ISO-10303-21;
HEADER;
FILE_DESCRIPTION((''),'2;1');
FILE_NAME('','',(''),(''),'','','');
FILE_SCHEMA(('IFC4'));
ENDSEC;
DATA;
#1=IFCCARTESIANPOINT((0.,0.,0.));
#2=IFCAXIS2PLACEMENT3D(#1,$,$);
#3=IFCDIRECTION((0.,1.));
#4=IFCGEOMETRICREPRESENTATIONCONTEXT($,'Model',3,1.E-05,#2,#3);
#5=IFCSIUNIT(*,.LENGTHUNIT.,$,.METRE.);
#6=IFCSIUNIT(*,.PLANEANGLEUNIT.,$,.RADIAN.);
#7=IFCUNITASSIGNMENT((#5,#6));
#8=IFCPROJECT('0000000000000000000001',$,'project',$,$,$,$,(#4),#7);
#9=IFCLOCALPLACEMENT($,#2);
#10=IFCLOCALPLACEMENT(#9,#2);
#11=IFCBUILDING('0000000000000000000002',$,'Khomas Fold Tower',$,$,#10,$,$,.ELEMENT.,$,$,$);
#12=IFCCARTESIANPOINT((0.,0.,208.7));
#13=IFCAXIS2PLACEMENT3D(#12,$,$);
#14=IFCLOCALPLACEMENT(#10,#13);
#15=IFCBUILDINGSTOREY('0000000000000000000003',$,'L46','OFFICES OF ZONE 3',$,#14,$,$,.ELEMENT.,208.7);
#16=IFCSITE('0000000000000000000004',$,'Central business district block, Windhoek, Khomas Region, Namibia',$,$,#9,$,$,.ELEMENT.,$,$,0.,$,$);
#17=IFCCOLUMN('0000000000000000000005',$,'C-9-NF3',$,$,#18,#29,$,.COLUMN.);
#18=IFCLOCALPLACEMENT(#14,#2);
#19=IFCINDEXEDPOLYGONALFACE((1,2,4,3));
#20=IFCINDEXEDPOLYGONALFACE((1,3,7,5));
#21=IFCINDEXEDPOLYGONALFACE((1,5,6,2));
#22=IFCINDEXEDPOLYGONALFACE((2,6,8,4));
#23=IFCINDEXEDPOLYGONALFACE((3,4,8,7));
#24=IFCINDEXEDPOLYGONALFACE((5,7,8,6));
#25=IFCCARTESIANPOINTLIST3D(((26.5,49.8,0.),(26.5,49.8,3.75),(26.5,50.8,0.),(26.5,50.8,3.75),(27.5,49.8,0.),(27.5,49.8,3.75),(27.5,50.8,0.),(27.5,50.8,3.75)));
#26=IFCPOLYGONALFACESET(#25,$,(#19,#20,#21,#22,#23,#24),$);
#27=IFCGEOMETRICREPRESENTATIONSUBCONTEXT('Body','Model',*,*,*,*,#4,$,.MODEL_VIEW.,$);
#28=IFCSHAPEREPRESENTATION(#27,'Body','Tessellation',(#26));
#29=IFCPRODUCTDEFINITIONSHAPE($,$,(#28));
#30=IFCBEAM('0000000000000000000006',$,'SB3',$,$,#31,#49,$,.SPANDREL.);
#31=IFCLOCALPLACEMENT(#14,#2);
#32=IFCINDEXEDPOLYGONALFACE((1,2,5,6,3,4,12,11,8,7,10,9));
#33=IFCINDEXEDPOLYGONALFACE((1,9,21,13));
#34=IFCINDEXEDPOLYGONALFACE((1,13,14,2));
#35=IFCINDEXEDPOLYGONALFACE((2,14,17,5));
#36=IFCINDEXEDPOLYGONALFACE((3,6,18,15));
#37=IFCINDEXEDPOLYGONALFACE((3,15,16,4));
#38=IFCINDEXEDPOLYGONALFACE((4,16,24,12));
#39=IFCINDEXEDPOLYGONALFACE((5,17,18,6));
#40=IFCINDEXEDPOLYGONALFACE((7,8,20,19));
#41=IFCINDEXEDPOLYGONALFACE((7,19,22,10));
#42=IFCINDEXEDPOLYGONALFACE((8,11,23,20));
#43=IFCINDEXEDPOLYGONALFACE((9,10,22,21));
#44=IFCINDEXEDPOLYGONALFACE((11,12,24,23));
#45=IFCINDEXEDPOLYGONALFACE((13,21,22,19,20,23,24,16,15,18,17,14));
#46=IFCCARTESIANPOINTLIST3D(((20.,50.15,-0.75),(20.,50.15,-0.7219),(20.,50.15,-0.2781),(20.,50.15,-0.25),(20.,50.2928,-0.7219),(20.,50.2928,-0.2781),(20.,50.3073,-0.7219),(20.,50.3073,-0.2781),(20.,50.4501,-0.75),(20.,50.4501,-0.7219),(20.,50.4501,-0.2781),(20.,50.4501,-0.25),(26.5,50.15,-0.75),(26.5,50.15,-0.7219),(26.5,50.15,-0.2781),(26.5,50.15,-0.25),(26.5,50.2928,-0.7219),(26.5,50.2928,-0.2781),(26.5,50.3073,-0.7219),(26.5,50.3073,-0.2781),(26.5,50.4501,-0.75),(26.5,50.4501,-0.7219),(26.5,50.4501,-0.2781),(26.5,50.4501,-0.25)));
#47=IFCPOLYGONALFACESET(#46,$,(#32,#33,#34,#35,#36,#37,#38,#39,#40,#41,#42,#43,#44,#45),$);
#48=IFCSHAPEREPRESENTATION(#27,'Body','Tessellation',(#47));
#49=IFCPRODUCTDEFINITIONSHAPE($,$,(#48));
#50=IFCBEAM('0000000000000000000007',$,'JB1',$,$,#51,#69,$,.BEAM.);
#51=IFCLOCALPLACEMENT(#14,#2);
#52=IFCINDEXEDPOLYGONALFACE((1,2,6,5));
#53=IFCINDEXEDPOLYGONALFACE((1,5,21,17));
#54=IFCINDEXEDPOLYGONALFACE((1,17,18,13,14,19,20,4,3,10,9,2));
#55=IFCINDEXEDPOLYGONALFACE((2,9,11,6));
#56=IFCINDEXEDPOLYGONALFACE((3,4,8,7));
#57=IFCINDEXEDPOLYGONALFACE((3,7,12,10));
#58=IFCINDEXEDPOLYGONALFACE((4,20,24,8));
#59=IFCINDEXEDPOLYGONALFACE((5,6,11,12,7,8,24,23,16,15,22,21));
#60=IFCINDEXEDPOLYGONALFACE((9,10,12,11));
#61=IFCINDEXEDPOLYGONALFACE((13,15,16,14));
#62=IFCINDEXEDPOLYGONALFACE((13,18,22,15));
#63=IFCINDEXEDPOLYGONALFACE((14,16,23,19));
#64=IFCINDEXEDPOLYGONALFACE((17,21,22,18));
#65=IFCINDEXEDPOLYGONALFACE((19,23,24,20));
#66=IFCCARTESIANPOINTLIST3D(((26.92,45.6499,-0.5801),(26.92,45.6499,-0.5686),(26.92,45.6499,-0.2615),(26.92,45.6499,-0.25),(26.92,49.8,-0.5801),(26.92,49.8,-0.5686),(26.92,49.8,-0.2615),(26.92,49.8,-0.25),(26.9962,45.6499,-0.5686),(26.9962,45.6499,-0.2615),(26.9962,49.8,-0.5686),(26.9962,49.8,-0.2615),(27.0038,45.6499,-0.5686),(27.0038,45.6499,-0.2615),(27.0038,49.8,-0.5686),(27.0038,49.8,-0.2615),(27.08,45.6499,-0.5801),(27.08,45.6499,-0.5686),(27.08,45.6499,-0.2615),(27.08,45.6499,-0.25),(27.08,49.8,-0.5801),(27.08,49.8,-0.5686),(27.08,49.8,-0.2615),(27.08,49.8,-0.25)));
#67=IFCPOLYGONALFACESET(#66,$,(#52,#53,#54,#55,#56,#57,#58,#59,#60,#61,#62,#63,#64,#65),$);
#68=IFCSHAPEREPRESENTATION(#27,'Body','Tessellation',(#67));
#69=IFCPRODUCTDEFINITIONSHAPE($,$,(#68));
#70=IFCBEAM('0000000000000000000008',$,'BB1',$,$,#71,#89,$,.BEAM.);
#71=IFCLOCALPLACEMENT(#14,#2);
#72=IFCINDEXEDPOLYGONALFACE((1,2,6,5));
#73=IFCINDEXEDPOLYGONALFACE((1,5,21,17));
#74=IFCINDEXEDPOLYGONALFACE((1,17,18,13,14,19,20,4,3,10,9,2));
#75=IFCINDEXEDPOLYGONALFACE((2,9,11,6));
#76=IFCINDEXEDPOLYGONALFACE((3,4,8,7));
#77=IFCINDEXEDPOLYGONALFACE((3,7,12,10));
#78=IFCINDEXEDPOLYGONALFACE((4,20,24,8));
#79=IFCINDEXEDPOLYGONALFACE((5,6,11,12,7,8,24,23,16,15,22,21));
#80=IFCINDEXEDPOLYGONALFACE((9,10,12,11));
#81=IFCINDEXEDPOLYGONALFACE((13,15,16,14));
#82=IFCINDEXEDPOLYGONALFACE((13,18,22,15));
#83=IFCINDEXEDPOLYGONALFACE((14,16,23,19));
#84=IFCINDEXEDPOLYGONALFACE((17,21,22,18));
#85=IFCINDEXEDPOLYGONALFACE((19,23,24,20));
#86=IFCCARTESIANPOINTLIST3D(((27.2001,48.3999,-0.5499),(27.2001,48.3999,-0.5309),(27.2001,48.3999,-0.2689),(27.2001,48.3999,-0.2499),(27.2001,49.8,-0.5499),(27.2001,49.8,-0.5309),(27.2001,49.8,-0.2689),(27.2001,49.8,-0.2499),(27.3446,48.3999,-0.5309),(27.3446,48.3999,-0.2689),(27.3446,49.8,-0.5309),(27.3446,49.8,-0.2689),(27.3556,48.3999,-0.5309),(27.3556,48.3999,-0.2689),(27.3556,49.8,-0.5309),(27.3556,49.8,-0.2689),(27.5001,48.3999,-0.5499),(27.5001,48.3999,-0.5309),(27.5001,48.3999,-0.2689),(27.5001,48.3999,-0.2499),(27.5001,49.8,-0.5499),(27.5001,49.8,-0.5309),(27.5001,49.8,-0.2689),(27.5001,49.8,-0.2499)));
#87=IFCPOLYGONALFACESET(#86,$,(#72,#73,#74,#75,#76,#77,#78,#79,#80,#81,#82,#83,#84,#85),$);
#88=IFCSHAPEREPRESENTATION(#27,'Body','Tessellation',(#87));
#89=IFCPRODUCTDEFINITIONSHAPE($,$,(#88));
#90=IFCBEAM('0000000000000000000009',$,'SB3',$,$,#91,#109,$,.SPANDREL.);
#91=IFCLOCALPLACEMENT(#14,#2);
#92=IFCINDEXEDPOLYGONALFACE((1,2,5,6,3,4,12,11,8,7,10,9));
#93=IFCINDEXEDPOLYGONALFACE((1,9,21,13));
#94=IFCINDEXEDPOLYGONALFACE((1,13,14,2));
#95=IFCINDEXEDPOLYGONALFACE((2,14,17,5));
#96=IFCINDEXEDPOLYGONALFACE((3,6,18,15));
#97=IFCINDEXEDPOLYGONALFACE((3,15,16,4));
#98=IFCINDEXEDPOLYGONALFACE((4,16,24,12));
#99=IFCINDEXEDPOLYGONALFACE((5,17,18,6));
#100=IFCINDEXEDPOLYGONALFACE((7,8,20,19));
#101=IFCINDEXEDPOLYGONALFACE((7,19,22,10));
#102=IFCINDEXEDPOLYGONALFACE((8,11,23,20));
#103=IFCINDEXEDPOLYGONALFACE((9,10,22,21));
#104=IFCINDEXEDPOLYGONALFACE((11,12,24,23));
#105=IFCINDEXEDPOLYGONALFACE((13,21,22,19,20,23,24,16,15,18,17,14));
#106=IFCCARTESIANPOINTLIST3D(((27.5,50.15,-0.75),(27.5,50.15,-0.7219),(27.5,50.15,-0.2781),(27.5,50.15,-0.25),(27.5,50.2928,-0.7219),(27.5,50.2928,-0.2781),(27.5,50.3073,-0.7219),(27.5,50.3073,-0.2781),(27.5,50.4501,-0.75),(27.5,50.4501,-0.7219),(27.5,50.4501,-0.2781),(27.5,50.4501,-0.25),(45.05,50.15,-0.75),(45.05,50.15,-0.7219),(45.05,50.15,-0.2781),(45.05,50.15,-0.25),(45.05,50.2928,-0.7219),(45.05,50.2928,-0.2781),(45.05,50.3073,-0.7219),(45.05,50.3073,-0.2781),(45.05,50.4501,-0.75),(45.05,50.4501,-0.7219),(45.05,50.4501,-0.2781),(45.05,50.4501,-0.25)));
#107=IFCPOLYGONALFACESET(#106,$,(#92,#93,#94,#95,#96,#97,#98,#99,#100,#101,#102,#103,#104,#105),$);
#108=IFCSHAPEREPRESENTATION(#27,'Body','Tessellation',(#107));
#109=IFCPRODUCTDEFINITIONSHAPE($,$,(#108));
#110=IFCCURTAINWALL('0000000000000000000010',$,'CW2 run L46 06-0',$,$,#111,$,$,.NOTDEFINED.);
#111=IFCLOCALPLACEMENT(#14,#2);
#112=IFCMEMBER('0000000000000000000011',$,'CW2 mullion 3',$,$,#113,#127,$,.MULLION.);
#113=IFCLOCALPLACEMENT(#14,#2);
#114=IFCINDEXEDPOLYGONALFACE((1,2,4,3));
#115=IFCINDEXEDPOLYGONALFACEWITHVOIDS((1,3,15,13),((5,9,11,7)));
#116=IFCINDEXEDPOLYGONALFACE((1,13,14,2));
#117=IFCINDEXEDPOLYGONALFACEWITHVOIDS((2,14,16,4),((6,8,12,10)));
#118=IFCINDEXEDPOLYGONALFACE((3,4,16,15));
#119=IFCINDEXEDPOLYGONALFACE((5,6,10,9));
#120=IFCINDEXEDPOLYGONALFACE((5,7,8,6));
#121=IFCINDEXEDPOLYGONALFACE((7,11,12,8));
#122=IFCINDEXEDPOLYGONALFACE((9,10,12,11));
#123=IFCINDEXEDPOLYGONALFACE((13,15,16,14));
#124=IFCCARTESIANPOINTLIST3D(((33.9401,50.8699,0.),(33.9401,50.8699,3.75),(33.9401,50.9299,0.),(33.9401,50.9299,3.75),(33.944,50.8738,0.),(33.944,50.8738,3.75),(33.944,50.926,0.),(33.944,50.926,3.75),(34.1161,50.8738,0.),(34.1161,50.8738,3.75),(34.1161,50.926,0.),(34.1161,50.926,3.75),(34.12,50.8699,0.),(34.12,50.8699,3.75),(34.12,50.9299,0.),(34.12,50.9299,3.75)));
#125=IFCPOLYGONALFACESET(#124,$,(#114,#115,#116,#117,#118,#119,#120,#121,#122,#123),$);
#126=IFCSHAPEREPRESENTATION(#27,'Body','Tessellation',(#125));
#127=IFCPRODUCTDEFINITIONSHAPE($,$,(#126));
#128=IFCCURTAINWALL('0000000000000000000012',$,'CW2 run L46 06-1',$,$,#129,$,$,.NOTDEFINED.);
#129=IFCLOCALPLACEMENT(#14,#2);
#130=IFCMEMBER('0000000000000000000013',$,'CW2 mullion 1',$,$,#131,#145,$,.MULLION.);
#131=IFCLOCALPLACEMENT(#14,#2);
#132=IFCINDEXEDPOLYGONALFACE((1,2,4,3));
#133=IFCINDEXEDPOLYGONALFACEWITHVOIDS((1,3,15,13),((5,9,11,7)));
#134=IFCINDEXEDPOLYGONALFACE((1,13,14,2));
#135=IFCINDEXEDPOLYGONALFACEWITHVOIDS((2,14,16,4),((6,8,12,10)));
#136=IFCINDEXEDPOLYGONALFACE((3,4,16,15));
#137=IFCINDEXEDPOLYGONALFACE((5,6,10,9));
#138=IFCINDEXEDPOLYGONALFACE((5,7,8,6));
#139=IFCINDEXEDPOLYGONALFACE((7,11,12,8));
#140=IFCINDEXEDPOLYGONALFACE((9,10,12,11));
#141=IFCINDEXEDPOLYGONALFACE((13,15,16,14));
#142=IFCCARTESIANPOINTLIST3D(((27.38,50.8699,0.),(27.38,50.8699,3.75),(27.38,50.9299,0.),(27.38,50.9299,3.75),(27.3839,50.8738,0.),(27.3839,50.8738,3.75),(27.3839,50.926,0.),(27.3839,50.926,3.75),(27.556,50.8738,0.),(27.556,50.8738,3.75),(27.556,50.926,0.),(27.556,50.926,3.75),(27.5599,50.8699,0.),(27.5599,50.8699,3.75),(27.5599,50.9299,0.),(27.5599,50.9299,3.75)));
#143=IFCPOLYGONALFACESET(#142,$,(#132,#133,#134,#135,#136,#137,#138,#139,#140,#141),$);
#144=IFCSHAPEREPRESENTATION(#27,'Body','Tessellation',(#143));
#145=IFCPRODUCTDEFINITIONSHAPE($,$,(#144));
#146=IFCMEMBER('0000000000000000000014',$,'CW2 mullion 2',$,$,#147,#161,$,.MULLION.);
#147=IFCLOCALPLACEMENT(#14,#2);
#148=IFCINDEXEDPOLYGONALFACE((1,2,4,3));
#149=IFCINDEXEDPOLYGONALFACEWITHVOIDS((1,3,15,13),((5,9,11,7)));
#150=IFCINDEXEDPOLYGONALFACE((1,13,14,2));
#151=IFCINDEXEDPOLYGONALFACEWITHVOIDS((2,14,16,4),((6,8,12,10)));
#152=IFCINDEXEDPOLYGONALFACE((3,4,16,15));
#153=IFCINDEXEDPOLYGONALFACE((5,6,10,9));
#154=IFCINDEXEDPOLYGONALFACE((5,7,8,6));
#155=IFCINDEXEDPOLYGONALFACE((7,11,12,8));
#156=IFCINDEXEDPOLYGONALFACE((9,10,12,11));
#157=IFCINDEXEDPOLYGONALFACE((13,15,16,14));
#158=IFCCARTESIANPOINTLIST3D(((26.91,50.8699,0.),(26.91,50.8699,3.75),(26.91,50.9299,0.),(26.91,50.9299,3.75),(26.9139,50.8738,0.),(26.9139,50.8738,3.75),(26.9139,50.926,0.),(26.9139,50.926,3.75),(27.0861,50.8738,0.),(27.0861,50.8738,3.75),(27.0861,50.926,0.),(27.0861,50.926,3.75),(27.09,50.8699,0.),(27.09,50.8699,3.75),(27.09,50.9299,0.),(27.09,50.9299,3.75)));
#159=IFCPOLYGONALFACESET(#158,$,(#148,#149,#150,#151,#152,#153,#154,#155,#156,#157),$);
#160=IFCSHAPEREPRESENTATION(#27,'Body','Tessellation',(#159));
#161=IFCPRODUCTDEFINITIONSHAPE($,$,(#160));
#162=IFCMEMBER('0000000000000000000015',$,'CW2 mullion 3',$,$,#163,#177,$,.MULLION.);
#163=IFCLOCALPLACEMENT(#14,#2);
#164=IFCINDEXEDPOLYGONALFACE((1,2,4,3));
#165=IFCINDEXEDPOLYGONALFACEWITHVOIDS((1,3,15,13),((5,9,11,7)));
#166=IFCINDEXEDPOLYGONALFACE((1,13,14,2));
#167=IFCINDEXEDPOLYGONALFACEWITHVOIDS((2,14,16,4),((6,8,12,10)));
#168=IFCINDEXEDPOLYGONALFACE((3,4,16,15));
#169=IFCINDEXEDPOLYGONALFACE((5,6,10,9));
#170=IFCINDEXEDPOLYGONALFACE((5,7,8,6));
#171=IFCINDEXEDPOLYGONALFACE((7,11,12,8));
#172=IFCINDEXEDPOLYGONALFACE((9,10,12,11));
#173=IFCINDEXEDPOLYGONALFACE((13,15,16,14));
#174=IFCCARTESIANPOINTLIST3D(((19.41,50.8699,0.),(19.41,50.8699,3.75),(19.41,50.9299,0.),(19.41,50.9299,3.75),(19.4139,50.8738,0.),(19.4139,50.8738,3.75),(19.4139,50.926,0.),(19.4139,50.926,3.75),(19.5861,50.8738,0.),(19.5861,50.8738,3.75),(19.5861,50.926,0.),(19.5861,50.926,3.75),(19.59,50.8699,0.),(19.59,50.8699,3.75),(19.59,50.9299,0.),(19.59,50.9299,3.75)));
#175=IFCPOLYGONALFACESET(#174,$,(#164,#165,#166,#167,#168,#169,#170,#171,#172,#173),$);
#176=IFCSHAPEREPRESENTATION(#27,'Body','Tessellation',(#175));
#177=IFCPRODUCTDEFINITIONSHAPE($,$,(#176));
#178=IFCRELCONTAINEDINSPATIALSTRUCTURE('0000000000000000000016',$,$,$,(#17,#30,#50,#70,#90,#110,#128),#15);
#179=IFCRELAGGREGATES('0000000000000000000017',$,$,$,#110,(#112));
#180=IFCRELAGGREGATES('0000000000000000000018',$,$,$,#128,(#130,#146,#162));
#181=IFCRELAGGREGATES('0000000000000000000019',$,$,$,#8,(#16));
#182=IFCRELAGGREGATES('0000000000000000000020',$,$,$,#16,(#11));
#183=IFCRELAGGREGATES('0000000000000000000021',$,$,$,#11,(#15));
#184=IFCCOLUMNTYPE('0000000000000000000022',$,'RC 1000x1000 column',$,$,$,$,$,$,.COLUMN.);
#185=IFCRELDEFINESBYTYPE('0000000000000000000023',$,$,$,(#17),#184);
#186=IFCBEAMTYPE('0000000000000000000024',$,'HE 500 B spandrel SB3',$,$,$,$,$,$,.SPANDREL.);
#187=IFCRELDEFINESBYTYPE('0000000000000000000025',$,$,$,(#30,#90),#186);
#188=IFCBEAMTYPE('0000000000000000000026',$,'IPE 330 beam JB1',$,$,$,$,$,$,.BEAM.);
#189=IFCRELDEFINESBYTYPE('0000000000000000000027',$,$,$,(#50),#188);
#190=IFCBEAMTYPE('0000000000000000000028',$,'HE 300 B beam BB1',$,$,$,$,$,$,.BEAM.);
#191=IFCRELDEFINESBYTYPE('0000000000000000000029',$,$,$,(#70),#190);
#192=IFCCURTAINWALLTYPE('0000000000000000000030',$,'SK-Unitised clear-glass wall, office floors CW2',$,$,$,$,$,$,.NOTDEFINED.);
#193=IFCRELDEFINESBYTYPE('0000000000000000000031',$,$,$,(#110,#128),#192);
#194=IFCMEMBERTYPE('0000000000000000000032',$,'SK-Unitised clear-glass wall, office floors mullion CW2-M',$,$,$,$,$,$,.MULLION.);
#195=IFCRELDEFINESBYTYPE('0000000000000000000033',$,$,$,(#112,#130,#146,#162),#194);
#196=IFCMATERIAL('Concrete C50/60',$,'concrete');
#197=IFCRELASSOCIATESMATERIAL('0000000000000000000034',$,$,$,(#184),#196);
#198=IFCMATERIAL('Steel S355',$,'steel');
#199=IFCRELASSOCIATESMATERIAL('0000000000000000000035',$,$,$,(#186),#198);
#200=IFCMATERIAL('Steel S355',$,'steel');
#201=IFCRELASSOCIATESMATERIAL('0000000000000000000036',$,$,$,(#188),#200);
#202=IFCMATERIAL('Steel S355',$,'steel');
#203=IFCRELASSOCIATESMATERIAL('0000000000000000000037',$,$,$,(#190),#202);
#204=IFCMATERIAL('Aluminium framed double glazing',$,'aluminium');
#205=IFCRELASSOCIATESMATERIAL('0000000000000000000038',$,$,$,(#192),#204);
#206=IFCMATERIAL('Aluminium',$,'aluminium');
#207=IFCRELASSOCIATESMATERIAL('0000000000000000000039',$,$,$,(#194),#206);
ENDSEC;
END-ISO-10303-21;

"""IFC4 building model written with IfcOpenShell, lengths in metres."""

from ifc_helpers import new_model, si_unit, direction, frame, origin, origin_2d, place, context, subcontext, project, spatial, rectangle, hollow_rectangle, i_section, extrude, source, transform, mapped, material, material_profile, profile_set, type_object, element, aggregate, save


model = new_model("IFC4")

# Units and contexts
model_context = context("Model", 3, precision=1e-05, world=origin(), true_north=direction((0.0, 1.0)))
body_context = subcontext(model_context, "Body", "Model", "MODEL_VIEW")
ifc_project = project(units=[si_unit("LENGTHUNIT", "METRE"), si_unit("PLANEANGLEUNIT", "RADIAN")], contexts=[model_context])

# Site, building, storey
site_placement = place(None, origin())
site = spatial("IfcSite", under=ifc_project, at=site_placement, Name="Central business district block, Windhoek, Khomas Region, Namibia", CompositionType="ELEMENT", RefElevation=0.0)
building_placement = place(site_placement, origin())
building = spatial("IfcBuilding", under=site, at=building_placement, Name="Khomas Fold Tower", CompositionType="ELEMENT")
storey_placement = place(building_placement, frame((0.0, 0.0, 208.7)))
storey = spatial("IfcBuildingStorey", under=building, at=storey_placement, Name="L46", Description="OFFICES OF ZONE 3", CompositionType="ELEMENT", Elevation=208.7)

# Column
ifc_material_1 = material(Name="Concrete C50/60", Category="concrete")
ifc_material_profile_1 = material_profile(ifc_material_1, rectangle(XDim=1.0, YDim=1.0, at=origin_2d()), Name="RC 1000x1000")
ifc_profile_set_1 = profile_set([ifc_material_profile_1], Name="Concrete C50/60")
column_type = type_object("IfcColumnType", Name="RC 1000x1000 column", PredefinedType="COLUMN", material=ifc_profile_set_1)
shared_shape_1 = source(origin(), body_context, "Body", "SweptSolid", [
    extrude(rectangle(XDim=1.0, YDim=1.0, at=origin_2d()), origin(), (0.0, 0.0, 1.0), 3.75),
])
column_placement = place(storey_placement, frame((27.0, 50.3, 0.0), z_axis=(0.0, 0.0, 1.0), x_axis=(1.0, 0.0, 0.0)))
element("IfcColumn", 1, at=column_placement, inside=storey, type_object=column_type, Name="C-9-NF3", PredefinedType="COLUMN", context=body_context, shape_type="MappedRepresentation", body=[
    mapped(shared_shape_1, transform((0.0, 0.0, 0.0))),
])

# Beams
ifc_material_2 = material(Name="Steel S355", Category="steel")
ifc_material_profile_2 = material_profile(ifc_material_2, i_section(OverallWidth=0.3, OverallDepth=0.5, WebThickness=0.0144, FlangeThickness=0.0281, at=origin_2d()), Name="HE 500 B")
ifc_profile_set_2 = profile_set([ifc_material_profile_2], Name="Steel S355")
beam_type_1 = type_object("IfcBeamType", Name="HE 500 B spandrel SB3", PredefinedType="SPANDREL", material=ifc_profile_set_2)
shared_shape_2 = source(origin(), body_context, "Body", "SweptSolid", [
    extrude(i_section(OverallWidth=0.3, OverallDepth=0.5, WebThickness=0.0144, FlangeThickness=0.0281, at=origin_2d()), origin(), (0.0, 0.0, 1.0), 6.5),
])
beam_1_placement = place(storey_placement, frame((20.0, 50.3, -0.5), z_axis=(1.0, 0.0, 0.0), x_axis=(0.0, 1.0, 0.0)))
element("IfcBeam", 2, at=beam_1_placement, inside=storey, type_object=beam_type_1, Name="SB3", PredefinedType="SPANDREL", context=body_context, shape_type="MappedRepresentation", body=[
    mapped(shared_shape_2, transform((0.0, 0.0, 0.0))),
])
ifc_material_3 = material(Name="Steel S355", Category="steel")
ifc_material_profile_3 = material_profile(ifc_material_3, i_section(OverallWidth=0.1599, OverallDepth=0.3301, WebThickness=0.0076, FlangeThickness=0.0115, at=origin_2d()), Name="IPE 330")
ifc_profile_set_3 = profile_set([ifc_material_profile_3], Name="Steel S355")
beam_type_2 = type_object("IfcBeamType", Name="IPE 330 beam JB1", PredefinedType="BEAM", material=ifc_profile_set_3)
shared_shape_3 = source(origin(), body_context, "Body", "SweptSolid", [
    extrude(i_section(OverallWidth=0.1599, OverallDepth=0.3301, WebThickness=0.0076, FlangeThickness=0.0115, at=origin_2d()), origin(), (0.0, 0.0, 1.0), 4.1501),
])
beam_2_placement = place(storey_placement, frame((27.0, 45.6499, -0.415), z_axis=(0.0, 1.0, 0.0), x_axis=(-1.0, 0.0, 0.0)))
element("IfcBeam", 3, at=beam_2_placement, inside=storey, type_object=beam_type_2, Name="JB1", PredefinedType="BEAM", context=body_context, shape_type="MappedRepresentation", body=[
    mapped(shared_shape_3, transform((0.0, 0.0, 0.0))),
])
ifc_material_4 = material(Name="Steel S355", Category="steel")
ifc_material_profile_4 = material_profile(ifc_material_4, i_section(OverallWidth=0.3, OverallDepth=0.3, WebThickness=0.011, FlangeThickness=0.019, at=origin_2d()), Name="HE 300 B")
ifc_profile_set_4 = profile_set([ifc_material_profile_4], Name="Steel S355")
beam_type_3 = type_object("IfcBeamType", Name="HE 300 B beam BB1", PredefinedType="BEAM", material=ifc_profile_set_4)
shared_shape_4 = source(origin(), body_context, "Body", "SweptSolid", [
    extrude(i_section(OverallWidth=0.3, OverallDepth=0.3, WebThickness=0.011, FlangeThickness=0.019, at=origin_2d()), origin(), (0.0, 0.0, 1.0), 1.4001),
])
beam_3_placement = place(storey_placement, frame((27.3501, 48.3999, -0.3999), z_axis=(0.0, 1.0, 0.0), x_axis=(-1.0, 0.0, 0.0)))
element("IfcBeam", 4, at=beam_3_placement, inside=storey, type_object=beam_type_3, Name="BB1", PredefinedType="BEAM", context=body_context, shape_type="MappedRepresentation", body=[
    mapped(shared_shape_4, transform((0.0, 0.0, 0.0))),
])
shared_shape_5 = source(origin(), body_context, "Body", "SweptSolid", [
    extrude(i_section(OverallWidth=0.3, OverallDepth=0.5, WebThickness=0.0144, FlangeThickness=0.0281, at=origin_2d()), origin(), (0.0, 0.0, 1.0), 17.55),
])
beam_4_placement = place(storey_placement, frame((27.5, 50.3, -0.5), z_axis=(1.0, 0.0, 0.0), x_axis=(0.0, 1.0, 0.0)))
element("IfcBeam", 5, at=beam_4_placement, inside=storey, type_object=beam_type_1, Name="SB3", PredefinedType="SPANDREL", context=body_context, shape_type="MappedRepresentation", body=[
    mapped(shared_shape_5, transform((0.0, 0.0, 0.0))),
])

# Curtain wall, member
ifc_material_5 = material(Name="Aluminium framed double glazing", Category="aluminium")
curtain_wall_type = type_object("IfcCurtainWallType", Name="SK-Unitised clear-glass wall, office floors CW2", PredefinedType="NOTDEFINED", material=ifc_material_5)
curtain_wall_1_placement = place(storey_placement, origin())
curtain_wall_1 = element("IfcCurtainWall", 6, at=curtain_wall_1_placement, inside=storey, type_object=curtain_wall_type, Name="CW2 run L46 06-0", PredefinedType="NOTDEFINED")
ifc_material_6 = material(Name="Aluminium", Category="aluminium")
ifc_material_profile_5 = material_profile(ifc_material_6, hollow_rectangle(XDim=0.0601, YDim=0.1799, WallThickness=0.0039, at=origin_2d()), Name="SK-Unitised clear-glass wall, office floors mullion CW2-M")
ifc_profile_set_5 = profile_set([ifc_material_profile_5], Name="Aluminium")
member_type_1 = type_object("IfcMemberType", Name="SK-Unitised clear-glass wall, office floors mullion CW2-M", PredefinedType="MULLION", material=ifc_profile_set_5)
shared_shape_6 = source(origin(), body_context, "Body", "SweptSolid", [
    extrude(hollow_rectangle(XDim=0.0601, YDim=0.1799, WallThickness=0.0039, at=origin_2d()), origin(), (0.0, 0.0, 1.0), 3.75),
])
member_1_placement = place(storey_placement, frame((34.03, 50.8999, 0.0), z_axis=(0.0, 0.0, 1.0), x_axis=(0.0, -1.0, 0.0)))
member_1 = element("IfcMember", 7, at=member_1_placement, type_object=member_type_1, Name="CW2 mullion 3", PredefinedType="MULLION", context=body_context, shape_type="MappedRepresentation", body=[
    mapped(shared_shape_6, transform((0.0, 0.0, 0.0))),
])
aggregate(curtain_wall_1, [member_1])

# Curtain wall, members
curtain_wall_2_placement = place(storey_placement, origin())
curtain_wall_2 = element("IfcCurtainWall", 8, at=curtain_wall_2_placement, inside=storey, type_object=curtain_wall_type, Name="CW2 run L46 06-1", PredefinedType="NOTDEFINED")
member_2_placement = place(storey_placement, frame((27.47, 50.8999, 0.0), z_axis=(0.0, 0.0, 1.0), x_axis=(0.0, -1.0, 0.0)))
member_2 = element("IfcMember", 9, at=member_2_placement, type_object=member_type_1, Name="CW2 mullion 1", PredefinedType="MULLION", context=body_context, shape_type="MappedRepresentation", body=[
    mapped(shared_shape_6, transform((0.0, 0.0, 0.0))),
])
member_3_placement = place(storey_placement, frame((27.0, 50.8999, 0.0), z_axis=(0.0, 0.0, 1.0), x_axis=(0.0, -1.0, 0.0)))
member_3 = element("IfcMember", 10, at=member_3_placement, type_object=member_type_1, Name="CW2 mullion 2", PredefinedType="MULLION", context=body_context, shape_type="MappedRepresentation", body=[
    mapped(shared_shape_6, transform((0.0, 0.0, 0.0))),
])
member_4_placement = place(storey_placement, frame((19.5, 50.8999, 0.0), z_axis=(0.0, 0.0, 1.0), x_axis=(0.0, -1.0, 0.0)))
member_4 = element("IfcMember", 11, at=member_4_placement, type_object=member_type_1, Name="CW2 mullion 3", PredefinedType="MULLION", context=body_context, shape_type="MappedRepresentation", body=[
    mapped(shared_shape_6, transform((0.0, 0.0, 0.0))),
])
aggregate(curtain_wall_2, [member_2, member_3, member_4])

save(model, "model.ifc")
